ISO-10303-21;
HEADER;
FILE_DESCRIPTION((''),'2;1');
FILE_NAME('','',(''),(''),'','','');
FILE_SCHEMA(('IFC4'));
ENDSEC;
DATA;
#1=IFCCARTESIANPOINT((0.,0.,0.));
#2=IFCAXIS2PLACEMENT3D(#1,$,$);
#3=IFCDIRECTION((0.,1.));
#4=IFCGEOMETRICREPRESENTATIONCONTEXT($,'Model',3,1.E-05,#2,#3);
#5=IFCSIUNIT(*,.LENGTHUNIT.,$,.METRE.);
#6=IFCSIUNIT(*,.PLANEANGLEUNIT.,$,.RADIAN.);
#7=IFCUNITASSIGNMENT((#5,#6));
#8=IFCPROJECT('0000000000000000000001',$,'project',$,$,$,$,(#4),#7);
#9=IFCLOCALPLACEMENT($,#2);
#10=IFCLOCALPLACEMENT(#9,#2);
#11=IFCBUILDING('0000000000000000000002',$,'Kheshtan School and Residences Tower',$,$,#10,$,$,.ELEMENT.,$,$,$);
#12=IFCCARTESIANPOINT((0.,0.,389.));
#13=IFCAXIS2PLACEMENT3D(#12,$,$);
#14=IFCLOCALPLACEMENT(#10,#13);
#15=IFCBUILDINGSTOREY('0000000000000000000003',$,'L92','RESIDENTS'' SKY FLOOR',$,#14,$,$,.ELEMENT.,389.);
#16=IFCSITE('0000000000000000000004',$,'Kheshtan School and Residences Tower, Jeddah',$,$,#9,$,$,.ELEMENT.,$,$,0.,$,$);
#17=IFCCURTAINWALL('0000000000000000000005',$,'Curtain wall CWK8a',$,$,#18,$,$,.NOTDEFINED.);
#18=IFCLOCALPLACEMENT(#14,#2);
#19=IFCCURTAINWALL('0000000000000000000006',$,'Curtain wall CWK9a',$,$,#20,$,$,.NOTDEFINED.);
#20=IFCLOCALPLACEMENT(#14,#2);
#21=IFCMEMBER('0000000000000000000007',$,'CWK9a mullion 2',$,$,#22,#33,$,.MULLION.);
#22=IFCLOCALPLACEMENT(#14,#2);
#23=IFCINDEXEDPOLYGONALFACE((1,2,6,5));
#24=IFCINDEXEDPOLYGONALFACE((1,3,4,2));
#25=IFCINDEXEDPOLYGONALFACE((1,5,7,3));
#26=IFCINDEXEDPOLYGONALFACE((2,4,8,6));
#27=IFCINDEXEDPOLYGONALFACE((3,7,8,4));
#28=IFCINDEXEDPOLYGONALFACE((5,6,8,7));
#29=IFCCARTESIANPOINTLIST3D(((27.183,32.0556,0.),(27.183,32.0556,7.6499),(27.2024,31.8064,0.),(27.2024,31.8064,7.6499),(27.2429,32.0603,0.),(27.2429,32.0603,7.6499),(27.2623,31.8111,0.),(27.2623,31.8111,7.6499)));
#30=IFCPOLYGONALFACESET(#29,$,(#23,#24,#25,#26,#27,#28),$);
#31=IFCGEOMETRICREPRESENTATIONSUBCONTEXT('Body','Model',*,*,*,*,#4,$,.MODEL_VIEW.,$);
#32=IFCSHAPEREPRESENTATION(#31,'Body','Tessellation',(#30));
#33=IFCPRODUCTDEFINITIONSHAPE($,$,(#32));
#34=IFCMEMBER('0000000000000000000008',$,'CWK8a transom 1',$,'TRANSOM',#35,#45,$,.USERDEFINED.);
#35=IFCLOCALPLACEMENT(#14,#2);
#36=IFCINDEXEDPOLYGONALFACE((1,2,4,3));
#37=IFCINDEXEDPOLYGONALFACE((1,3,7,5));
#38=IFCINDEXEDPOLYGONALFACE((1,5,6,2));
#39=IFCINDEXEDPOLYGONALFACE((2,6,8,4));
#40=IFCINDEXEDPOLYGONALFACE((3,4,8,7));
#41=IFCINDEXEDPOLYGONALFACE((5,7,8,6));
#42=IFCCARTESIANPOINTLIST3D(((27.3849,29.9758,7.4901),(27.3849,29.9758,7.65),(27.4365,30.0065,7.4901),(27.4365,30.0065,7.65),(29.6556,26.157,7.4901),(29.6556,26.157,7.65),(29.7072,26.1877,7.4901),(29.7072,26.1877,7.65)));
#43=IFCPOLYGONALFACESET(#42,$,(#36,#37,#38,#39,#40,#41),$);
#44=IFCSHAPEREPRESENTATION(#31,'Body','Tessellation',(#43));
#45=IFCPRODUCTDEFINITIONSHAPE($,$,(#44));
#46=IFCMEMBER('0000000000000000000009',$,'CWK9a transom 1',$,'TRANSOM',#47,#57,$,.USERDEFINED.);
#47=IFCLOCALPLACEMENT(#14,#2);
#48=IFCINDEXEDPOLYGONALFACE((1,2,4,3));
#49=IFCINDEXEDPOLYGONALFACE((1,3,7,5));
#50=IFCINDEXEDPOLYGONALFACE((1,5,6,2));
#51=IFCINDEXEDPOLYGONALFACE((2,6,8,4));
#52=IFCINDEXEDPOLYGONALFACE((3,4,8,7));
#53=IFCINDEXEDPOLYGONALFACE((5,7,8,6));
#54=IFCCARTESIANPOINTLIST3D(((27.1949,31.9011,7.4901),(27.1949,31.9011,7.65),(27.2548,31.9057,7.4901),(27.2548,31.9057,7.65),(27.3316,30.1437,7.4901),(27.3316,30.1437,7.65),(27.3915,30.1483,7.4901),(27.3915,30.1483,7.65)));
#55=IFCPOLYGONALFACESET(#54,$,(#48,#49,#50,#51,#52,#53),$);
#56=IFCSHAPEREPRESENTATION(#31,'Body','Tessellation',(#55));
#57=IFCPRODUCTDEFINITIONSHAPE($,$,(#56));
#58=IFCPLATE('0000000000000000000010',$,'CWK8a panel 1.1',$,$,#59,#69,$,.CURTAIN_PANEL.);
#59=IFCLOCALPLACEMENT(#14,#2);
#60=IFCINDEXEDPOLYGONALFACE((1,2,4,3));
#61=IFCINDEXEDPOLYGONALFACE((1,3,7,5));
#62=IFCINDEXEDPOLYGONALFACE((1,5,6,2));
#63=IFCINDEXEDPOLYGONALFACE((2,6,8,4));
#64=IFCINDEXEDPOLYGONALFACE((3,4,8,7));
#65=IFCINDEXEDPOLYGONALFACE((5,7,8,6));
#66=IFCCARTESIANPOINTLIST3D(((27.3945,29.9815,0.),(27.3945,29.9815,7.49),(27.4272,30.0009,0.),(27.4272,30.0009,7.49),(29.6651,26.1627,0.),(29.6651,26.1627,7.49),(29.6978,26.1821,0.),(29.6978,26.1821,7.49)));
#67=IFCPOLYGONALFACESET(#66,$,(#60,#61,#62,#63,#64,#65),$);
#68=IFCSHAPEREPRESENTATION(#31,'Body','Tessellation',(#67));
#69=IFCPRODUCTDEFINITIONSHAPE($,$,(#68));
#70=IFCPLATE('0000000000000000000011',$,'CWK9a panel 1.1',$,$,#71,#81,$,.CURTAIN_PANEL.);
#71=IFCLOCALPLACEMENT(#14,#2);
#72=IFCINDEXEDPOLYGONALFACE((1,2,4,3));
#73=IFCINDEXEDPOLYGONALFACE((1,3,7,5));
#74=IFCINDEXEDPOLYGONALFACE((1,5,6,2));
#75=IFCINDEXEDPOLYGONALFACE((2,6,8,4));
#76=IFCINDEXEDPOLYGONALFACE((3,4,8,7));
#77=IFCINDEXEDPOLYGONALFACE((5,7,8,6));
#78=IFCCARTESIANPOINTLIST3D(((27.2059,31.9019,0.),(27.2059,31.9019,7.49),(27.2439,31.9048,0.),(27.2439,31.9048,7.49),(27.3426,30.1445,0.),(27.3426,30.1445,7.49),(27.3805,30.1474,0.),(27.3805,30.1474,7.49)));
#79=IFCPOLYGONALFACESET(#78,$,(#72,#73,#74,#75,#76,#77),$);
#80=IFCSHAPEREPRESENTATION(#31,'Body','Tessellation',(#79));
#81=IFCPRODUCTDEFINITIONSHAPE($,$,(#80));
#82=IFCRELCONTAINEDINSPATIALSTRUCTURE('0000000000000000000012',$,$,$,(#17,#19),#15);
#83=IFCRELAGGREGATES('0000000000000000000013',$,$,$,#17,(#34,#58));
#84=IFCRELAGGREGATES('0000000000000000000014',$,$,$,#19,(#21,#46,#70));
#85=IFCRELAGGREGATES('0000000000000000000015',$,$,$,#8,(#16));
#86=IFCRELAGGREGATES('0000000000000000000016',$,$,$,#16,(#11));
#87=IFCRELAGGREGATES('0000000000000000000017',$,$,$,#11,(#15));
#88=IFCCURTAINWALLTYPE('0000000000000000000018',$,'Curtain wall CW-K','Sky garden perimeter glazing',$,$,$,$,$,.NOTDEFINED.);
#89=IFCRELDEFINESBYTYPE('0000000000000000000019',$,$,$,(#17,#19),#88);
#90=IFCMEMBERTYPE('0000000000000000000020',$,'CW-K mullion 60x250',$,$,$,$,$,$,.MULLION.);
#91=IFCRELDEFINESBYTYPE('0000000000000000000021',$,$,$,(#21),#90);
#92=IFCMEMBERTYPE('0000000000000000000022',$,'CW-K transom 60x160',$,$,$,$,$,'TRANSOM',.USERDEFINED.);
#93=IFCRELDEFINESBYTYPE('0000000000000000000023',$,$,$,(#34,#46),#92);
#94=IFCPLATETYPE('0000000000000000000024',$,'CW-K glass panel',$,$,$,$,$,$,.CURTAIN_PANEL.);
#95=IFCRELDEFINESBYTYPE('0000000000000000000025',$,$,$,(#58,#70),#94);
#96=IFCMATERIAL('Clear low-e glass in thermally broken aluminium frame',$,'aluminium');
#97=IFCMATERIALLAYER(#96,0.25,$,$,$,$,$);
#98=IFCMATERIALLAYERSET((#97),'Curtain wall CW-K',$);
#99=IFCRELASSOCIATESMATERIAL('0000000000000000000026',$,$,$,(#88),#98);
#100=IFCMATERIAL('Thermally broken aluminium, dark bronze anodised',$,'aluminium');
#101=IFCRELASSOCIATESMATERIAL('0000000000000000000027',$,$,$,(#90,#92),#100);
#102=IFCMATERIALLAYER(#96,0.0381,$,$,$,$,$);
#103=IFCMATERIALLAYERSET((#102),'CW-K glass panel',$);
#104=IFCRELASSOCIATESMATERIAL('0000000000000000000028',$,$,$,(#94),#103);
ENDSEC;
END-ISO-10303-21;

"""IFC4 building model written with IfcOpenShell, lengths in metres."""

from ifc_helpers import new_model, si_unit, direction, frame, origin, origin_2d, place, context, subcontext, project, spatial, rectangle, extrude, material, layer, layer_set, material_profile, profile_set, type_object, element, aggregate, save


model = new_model("IFC4")

# Units and contexts
model_context = context("Model", 3, precision=1e-05, world=origin(), true_north=direction((0.0, 1.0)))
body_context = subcontext(model_context, "Body", "Model", "MODEL_VIEW")
ifc_project = project(units=[si_unit("LENGTHUNIT", "METRE"), si_unit("PLANEANGLEUNIT", "RADIAN")], contexts=[model_context])

# Site, building, storey
site_placement = place(None, origin())
site = spatial("IfcSite", under=ifc_project, at=site_placement, Name="Kheshtan School and Residences Tower, Jeddah", CompositionType="ELEMENT", RefElevation=0.0)
building_placement = place(site_placement, origin())
building = spatial("IfcBuilding", under=site, at=building_placement, Name="Kheshtan School and Residences Tower", CompositionType="ELEMENT")
storey_placement = place(building_placement, frame((0.0, 0.0, 389.0)))
storey = spatial("IfcBuildingStorey", under=building, at=storey_placement, Name="L92", Description="RESIDENTS' SKY FLOOR", CompositionType="ELEMENT", Elevation=389.0)

# Curtain walls, member
ifc_material_1 = material(Name="Clear low-e glass in thermally broken aluminium frame", Category="aluminium")
ifc_layer_1 = layer(ifc_material_1, 0.25)
ifc_layer_set_1 = layer_set([ifc_layer_1], Name="Curtain wall CW-K")
curtain_wall_type = type_object("IfcCurtainWallType", Name="Curtain wall CW-K", Description="Sky garden perimeter glazing", PredefinedType="NOTDEFINED", material=ifc_layer_set_1)
curtain_wall_1_placement = place(storey_placement, origin())
curtain_wall_1 = element("IfcCurtainWall", 1, at=curtain_wall_1_placement, inside=storey, type_object=curtain_wall_type, Name="Curtain wall CWK8a", PredefinedType="NOTDEFINED")
ifc_material_2 = material(Name="Thermally broken aluminium, dark bronze anodised", Category="aluminium")
ifc_material_profile_1 = material_profile(ifc_material_2, rectangle(XDim=0.0601, YDim=0.25, at=origin_2d()), Name="CW-K mullion 60x250")
ifc_profile_set_1 = profile_set([ifc_material_profile_1], Name="Thermally broken aluminium, dark bronze anodised")
member_type_1 = type_object("IfcMemberType", Name="CW-K mullion 60x250", PredefinedType="MULLION", material=ifc_profile_set_1)
curtain_wall_2_placement = place(storey_placement, origin())
curtain_wall_2 = element("IfcCurtainWall", 2, at=curtain_wall_2_placement, inside=storey, type_object=curtain_wall_type, Name="Curtain wall CWK9a", PredefinedType="NOTDEFINED")
member_1_placement = place(storey_placement, frame((27.2227, 31.9333, 0.0), z_axis=(0.0, 0.0, 1.0), x_axis=(-0.996989, -0.077549, 0.0)))
member_1 = element("IfcMember", 3, at=member_1_placement, type_object=member_type_1, Name="CWK9a mullion 2", PredefinedType="MULLION", context=body_context, shape_type="SweptSolid", body=[
    extrude(rectangle(XDim=0.0601, YDim=0.25, at=origin_2d()), origin(), (0.0, 0.0, 1.0), 7.6499),
])

# Members
ifc_material_profile_2 = material_profile(ifc_material_2, rectangle(XDim=0.0601, YDim=0.1599, at=origin_2d()), Name="CW-K transom 60x160")
ifc_profile_set_2 = profile_set([ifc_material_profile_2], Name="Thermally broken aluminium, dark bronze anodised")
member_type_2 = type_object("IfcMemberType", Name="CW-K transom 60x160", ElementType="TRANSOM", PredefinedType="USERDEFINED", material=ifc_profile_set_2)
member_2_placement = place(storey_placement, frame((29.6814, 26.1724, 7.5701), z_axis=(-0.51109, 0.859527, 0.0), x_axis=(-0.859527, -0.51109, 0.0)))
member_2 = element("IfcMember", 4, at=member_2_placement, type_object=member_type_2, Name="CWK8a transom 1", ObjectType="TRANSOM", PredefinedType="USERDEFINED", context=body_context, shape_type="SweptSolid", body=[
    extrude(rectangle(XDim=0.0601, YDim=0.1599, at=origin_2d()), origin(), (0.0, 0.0, 1.0), 4.4429),
])
member_3_placement = place(storey_placement, frame((27.3616, 30.146, 7.5701), z_axis=(-0.077565, 0.996987, 0.0), x_axis=(-0.996987, -0.077565, 0.0)))
member_3 = element("IfcMember", 5, at=member_3_placement, type_object=member_type_2, Name="CWK9a transom 1", ObjectType="TRANSOM", PredefinedType="USERDEFINED", context=body_context, shape_type="SweptSolid", body=[
    extrude(rectangle(XDim=0.0601, YDim=0.1599, at=origin_2d()), origin(), (0.0, 0.0, 1.0), 1.7627),
])

# Plates
ifc_layer_2 = layer(ifc_material_1, 0.0381)
ifc_layer_set_2 = layer_set([ifc_layer_2], Name="CW-K glass panel")
plate_type = type_object("IfcPlateType", Name="CW-K glass panel", PredefinedType="CURTAIN_PANEL", material=ifc_layer_set_2)
plate_1_placement = place(storey_placement, frame((28.5461, 28.0818, 0.0), z_axis=(0.0, 0.0, 1.0), x_axis=(-0.511075, 0.859536, 0.0)))
plate_1 = element("IfcPlate", 6, at=plate_1_placement, type_object=plate_type, Name="CWK8a panel 1.1", PredefinedType="CURTAIN_PANEL", context=body_context, shape_type="SweptSolid", body=[
    extrude(rectangle(XDim=4.4429, YDim=0.0381, at=origin_2d()), origin(), (0.0, 0.0, 1.0), 7.49),
])
aggregate(curtain_wall_1, [member_2, plate_1])
plate_2_placement = place(storey_placement, frame((27.2932, 31.0247, 0.0), z_axis=(0.0, 0.0, 1.0), x_axis=(-0.077549, 0.996989, 0.0)))
plate_2 = element("IfcPlate", 7, at=plate_2_placement, type_object=plate_type, Name="CWK9a panel 1.1", PredefinedType="CURTAIN_PANEL", context=body_context, shape_type="SweptSolid", body=[
    extrude(rectangle(XDim=1.7627, YDim=0.0381, at=origin_2d()), origin(), (0.0, 0.0, 1.0), 7.49),
])
aggregate(curtain_wall_2, [member_1, member_3, plate_2])

save(model, "model.ifc")
